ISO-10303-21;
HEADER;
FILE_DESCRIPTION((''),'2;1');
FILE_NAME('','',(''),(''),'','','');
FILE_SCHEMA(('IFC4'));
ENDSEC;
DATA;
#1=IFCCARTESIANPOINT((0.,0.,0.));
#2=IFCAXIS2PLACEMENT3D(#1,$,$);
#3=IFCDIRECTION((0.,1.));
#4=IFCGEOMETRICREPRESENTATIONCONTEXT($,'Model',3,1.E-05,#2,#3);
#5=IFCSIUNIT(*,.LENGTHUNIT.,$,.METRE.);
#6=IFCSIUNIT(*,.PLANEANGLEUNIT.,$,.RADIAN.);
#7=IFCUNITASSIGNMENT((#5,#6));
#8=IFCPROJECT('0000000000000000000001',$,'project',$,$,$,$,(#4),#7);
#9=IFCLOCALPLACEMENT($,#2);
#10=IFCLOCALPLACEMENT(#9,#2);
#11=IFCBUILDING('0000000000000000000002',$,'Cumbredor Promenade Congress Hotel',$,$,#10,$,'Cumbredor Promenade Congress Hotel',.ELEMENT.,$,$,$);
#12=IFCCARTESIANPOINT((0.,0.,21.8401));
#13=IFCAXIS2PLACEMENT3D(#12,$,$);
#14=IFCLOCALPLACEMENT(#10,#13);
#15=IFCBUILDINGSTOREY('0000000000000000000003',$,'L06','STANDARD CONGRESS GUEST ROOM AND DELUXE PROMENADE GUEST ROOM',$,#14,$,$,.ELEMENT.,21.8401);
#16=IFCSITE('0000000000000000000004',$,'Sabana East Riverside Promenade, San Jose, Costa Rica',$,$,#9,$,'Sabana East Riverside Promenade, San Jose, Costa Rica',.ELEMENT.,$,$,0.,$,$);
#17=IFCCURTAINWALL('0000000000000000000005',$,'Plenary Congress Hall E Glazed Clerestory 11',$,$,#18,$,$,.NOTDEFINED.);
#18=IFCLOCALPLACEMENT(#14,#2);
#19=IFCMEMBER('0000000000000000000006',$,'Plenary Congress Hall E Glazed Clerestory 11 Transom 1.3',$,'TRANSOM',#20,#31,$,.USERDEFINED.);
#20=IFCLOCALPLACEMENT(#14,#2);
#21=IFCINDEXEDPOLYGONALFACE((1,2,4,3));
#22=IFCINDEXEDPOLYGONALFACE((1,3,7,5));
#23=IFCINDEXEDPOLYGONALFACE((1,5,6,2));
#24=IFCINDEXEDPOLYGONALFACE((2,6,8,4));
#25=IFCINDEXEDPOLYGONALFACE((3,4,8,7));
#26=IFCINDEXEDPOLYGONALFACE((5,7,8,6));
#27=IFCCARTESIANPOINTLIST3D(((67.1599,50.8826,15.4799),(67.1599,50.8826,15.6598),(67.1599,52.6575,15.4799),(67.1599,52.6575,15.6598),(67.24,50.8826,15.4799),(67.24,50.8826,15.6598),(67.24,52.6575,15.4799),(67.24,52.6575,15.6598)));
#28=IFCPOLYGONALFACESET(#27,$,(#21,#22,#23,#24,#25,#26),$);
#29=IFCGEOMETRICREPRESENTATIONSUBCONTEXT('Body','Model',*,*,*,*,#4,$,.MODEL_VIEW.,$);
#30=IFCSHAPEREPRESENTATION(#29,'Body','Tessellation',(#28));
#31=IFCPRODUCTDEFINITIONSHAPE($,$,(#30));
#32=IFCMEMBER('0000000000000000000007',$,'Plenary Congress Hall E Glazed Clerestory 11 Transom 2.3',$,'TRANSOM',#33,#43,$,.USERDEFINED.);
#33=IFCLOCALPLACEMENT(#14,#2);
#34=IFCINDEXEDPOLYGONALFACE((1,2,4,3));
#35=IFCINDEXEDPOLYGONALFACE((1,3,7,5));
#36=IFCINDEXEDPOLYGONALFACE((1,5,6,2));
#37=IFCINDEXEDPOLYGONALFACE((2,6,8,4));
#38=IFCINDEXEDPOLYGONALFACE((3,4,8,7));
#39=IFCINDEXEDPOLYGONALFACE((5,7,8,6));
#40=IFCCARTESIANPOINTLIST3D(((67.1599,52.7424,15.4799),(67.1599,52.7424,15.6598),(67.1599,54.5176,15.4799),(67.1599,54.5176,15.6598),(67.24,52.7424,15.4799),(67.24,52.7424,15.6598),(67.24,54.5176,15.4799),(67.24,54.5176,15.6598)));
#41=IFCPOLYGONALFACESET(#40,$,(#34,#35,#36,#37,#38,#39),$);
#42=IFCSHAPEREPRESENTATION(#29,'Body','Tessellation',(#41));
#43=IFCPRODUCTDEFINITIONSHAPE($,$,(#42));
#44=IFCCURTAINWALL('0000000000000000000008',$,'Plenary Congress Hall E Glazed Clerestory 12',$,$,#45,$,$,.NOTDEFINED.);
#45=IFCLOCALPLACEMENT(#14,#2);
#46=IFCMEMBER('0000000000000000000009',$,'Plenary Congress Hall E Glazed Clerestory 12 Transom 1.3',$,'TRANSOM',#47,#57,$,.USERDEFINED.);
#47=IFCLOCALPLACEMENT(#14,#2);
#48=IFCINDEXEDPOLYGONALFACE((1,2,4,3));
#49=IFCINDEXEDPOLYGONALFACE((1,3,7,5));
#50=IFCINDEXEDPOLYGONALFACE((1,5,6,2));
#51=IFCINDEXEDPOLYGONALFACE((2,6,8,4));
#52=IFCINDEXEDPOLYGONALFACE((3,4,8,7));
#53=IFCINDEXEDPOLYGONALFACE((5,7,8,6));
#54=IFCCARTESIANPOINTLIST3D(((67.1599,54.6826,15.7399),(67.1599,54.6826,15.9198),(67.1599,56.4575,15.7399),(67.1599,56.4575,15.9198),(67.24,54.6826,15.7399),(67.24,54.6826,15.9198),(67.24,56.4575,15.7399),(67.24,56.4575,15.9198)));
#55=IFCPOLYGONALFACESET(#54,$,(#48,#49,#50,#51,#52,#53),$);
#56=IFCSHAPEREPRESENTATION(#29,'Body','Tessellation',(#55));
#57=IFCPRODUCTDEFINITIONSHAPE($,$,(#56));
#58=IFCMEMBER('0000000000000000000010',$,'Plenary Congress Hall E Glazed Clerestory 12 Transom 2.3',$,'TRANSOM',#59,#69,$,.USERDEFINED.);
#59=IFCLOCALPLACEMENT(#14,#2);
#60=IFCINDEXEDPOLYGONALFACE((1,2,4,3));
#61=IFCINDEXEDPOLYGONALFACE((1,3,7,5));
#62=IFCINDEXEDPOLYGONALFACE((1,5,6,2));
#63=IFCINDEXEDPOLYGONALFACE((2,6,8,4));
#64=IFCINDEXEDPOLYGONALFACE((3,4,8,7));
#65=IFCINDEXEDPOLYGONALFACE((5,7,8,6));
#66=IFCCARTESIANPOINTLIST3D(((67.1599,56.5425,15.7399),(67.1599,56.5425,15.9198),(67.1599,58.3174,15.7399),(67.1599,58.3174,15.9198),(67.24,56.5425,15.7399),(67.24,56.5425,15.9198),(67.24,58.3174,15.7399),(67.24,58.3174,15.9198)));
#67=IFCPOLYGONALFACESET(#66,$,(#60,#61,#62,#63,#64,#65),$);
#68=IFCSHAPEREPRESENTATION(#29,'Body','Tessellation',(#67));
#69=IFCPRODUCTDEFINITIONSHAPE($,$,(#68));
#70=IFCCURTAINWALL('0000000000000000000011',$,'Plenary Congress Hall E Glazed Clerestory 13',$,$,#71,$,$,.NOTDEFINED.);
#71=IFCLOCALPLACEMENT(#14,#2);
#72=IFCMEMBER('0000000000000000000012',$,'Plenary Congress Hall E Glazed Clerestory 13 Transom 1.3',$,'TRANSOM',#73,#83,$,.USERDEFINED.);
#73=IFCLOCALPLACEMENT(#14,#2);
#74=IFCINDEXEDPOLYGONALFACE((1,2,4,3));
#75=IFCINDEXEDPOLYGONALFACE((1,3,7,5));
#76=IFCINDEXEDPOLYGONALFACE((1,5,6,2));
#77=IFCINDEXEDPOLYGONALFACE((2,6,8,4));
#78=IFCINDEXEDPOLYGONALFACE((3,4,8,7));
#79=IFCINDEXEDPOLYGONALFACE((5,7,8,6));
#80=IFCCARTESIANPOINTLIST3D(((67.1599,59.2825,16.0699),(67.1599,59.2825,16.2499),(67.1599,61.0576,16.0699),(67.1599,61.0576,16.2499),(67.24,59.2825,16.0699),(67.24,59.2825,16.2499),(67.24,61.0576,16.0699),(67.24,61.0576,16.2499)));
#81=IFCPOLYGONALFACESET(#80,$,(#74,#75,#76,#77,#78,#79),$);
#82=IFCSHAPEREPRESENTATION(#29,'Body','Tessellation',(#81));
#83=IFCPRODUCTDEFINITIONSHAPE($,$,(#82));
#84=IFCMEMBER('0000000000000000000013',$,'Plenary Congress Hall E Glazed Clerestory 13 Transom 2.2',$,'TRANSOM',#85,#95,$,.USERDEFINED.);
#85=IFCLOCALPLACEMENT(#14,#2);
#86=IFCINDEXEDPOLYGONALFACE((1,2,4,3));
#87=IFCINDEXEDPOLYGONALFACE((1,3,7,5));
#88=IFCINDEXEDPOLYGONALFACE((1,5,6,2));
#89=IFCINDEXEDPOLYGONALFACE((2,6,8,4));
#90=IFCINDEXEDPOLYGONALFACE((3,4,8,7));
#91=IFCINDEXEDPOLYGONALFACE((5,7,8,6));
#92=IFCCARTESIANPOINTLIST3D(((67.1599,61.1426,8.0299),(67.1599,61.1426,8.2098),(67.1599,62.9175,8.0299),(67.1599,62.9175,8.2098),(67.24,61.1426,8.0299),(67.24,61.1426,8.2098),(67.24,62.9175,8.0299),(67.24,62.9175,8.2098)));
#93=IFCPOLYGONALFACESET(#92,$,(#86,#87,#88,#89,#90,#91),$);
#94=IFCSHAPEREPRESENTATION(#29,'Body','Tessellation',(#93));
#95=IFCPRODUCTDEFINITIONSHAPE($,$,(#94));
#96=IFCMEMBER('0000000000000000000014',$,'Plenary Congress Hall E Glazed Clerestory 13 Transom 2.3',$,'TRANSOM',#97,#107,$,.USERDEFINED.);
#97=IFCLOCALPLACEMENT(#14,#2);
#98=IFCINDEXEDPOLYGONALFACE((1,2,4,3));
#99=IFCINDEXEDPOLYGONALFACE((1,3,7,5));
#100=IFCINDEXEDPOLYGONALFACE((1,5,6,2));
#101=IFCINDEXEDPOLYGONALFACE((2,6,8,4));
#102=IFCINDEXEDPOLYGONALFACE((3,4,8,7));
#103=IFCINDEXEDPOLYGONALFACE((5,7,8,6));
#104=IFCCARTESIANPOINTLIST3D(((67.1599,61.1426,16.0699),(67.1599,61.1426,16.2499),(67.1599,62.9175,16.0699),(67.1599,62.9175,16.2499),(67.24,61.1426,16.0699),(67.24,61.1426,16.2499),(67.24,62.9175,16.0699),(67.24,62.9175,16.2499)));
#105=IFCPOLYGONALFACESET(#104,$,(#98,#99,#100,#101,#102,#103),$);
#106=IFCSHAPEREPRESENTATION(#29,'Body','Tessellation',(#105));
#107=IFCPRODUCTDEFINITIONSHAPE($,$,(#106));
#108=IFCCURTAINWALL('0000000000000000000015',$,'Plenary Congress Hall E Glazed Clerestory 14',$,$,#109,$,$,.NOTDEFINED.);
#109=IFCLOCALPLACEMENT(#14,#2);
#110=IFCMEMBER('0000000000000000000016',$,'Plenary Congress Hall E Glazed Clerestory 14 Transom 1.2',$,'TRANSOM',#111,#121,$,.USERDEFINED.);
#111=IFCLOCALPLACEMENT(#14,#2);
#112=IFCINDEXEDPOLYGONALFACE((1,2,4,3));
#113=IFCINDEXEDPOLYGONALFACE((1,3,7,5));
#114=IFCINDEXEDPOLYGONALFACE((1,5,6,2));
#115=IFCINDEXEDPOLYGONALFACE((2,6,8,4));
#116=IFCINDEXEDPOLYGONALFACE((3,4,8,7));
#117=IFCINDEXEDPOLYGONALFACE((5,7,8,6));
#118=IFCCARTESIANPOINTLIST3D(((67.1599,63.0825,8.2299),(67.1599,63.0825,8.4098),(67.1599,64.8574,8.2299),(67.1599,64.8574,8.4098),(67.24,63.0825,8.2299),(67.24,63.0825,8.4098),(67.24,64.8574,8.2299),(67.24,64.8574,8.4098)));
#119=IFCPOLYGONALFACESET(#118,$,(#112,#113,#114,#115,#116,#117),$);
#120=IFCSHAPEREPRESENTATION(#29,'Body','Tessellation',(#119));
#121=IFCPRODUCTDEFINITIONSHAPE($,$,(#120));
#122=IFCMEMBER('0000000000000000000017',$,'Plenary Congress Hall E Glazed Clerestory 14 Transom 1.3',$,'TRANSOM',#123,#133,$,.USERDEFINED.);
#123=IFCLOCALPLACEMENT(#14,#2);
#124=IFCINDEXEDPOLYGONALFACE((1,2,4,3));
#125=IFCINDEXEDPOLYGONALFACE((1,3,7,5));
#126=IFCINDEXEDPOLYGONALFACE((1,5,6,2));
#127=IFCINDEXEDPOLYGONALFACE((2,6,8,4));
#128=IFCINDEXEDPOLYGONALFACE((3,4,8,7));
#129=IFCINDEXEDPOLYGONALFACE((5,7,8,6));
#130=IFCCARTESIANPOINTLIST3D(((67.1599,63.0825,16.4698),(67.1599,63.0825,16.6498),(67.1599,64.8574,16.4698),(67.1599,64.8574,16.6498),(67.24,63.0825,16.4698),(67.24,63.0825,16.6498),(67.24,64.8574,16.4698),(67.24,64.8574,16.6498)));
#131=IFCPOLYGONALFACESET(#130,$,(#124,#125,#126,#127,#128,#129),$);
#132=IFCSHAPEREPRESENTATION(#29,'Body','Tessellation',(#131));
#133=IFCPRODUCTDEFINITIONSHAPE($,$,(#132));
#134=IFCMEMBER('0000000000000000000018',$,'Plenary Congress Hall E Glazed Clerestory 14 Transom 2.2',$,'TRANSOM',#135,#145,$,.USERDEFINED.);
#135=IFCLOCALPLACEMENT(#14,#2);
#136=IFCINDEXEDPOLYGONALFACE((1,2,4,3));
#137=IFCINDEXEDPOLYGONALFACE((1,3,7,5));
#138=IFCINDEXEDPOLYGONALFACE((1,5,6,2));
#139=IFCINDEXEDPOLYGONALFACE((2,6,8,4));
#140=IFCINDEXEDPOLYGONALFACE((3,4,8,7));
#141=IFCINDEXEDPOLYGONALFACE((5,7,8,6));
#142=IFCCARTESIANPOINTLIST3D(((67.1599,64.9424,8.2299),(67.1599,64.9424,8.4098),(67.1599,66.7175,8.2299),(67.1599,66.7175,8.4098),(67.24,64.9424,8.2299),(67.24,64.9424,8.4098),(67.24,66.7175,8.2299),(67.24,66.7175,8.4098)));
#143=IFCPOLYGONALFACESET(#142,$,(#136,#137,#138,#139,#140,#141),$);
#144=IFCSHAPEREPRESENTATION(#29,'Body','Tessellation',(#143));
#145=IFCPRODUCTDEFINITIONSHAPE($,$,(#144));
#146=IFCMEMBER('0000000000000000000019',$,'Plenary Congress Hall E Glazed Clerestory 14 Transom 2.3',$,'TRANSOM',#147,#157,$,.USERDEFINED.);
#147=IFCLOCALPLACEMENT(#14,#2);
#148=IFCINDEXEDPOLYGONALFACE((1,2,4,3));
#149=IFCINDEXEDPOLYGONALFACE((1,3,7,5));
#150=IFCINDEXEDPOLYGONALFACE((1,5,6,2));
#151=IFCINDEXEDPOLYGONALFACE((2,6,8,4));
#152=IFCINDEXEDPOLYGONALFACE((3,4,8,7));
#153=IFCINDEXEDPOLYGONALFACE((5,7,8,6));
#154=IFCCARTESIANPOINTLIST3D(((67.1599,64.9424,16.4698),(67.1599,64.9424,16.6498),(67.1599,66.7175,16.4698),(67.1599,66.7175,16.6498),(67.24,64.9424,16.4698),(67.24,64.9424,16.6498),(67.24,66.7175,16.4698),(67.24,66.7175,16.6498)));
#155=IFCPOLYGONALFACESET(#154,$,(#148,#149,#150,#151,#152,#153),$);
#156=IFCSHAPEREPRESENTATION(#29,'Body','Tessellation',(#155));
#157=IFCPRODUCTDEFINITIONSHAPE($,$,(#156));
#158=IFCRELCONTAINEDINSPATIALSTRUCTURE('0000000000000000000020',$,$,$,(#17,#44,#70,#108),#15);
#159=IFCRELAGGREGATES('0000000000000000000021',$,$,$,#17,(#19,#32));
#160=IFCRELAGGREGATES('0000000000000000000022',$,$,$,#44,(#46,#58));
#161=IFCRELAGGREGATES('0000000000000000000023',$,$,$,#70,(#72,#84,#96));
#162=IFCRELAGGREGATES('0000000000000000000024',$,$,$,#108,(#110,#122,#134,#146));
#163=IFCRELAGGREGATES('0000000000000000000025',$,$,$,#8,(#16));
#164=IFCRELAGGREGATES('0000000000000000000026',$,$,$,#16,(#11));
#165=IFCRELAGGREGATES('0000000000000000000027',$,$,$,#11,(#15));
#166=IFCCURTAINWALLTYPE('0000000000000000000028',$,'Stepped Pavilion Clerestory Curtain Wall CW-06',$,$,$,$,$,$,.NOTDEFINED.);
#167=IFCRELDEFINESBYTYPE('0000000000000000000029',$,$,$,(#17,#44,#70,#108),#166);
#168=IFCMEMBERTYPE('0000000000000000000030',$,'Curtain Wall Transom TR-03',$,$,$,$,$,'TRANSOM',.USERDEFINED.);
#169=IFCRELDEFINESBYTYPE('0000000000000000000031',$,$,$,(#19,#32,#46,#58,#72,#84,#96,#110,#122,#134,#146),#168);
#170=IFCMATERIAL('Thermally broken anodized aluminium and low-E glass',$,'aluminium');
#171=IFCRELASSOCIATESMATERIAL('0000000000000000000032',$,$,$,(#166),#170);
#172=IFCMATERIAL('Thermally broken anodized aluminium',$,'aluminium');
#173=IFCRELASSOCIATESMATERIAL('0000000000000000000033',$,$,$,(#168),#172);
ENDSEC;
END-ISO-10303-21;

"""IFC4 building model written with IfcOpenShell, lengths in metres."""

from ifc_helpers import new_model, si_unit, direction, frame, origin, origin_2d, place, context, subcontext, project, spatial, rectangle, extrude, material, material_profile, profile_set, type_object, element, aggregate, save


model = new_model("IFC4")

# Units and contexts
model_context = context("Model", 3, precision=1e-05, world=origin(), true_north=direction((0.0, 1.0)))
body_context = subcontext(model_context, "Body", "Model", "MODEL_VIEW")
ifc_project = project(units=[si_unit("LENGTHUNIT", "METRE"), si_unit("PLANEANGLEUNIT", "RADIAN")], contexts=[model_context])

# Site, building, storey
site_placement = place(None, origin())
site = spatial("IfcSite", under=ifc_project, at=site_placement, Name="Sabana East Riverside Promenade, San Jose, Costa Rica", LongName="Sabana East Riverside Promenade, San Jose, Costa Rica", CompositionType="ELEMENT", RefElevation=0.0)
building_placement = place(site_placement, origin())
building = spatial("IfcBuilding", under=site, at=building_placement, Name="Cumbredor Promenade Congress Hotel", LongName="Cumbredor Promenade Congress Hotel", CompositionType="ELEMENT")
storey_placement = place(building_placement, frame((0.0, 0.0, 21.8401)))
storey = spatial("IfcBuildingStorey", under=building, at=storey_placement, Name="L06", Description="STANDARD CONGRESS GUEST ROOM AND DELUXE PROMENADE GUEST ROOM", CompositionType="ELEMENT", Elevation=21.8401)

# Curtain walls, members
ifc_material_1 = material(Name="Thermally broken anodized aluminium and low-E glass", Category="aluminium")
curtain_wall_type = type_object("IfcCurtainWallType", Name="Stepped Pavilion Clerestory Curtain Wall CW-06", PredefinedType="NOTDEFINED", material=ifc_material_1)
curtain_wall_1_placement = place(storey_placement, origin())
curtain_wall_1 = element("IfcCurtainWall", 1, at=curtain_wall_1_placement, inside=storey, type_object=curtain_wall_type, Name="Plenary Congress Hall E Glazed Clerestory 11", PredefinedType="NOTDEFINED")
ifc_material_2 = material(Name="Thermally broken anodized aluminium", Category="aluminium")
ifc_material_profile_1 = material_profile(ifc_material_2, rectangle(XDim=0.0801, YDim=0.1799, at=origin_2d()), Name="ALU TRANSOM 80x180")
ifc_profile_set_1 = profile_set([ifc_material_profile_1], Name="Thermally broken anodized aluminium")
member_type_1 = type_object("IfcMemberType", Name="Curtain Wall Transom TR-03", ElementType="TRANSOM", PredefinedType="USERDEFINED", material=ifc_profile_set_1)
member_1_placement = place(storey_placement, frame((67.2, 50.8826, 15.5698), z_axis=(0.0, 1.0, 0.0), x_axis=(-1.0, 0.0, 0.0)))
member_1 = element("IfcMember", 2, at=member_1_placement, type_object=member_type_1, Name="Plenary Congress Hall E Glazed Clerestory 11 Transom 1.3", ObjectType="TRANSOM", PredefinedType="USERDEFINED", context=body_context, shape_type="SweptSolid", body=[
    extrude(rectangle(XDim=0.0801, YDim=0.1799, at=origin_2d()), origin(), (0.0, 0.0, 1.0), 1.7749),
])
member_2_placement = place(storey_placement, frame((67.2, 52.7424, 15.5698), z_axis=(0.0, 1.0, 0.0), x_axis=(-1.0, 0.0, 0.0)))
member_2 = element("IfcMember", 3, at=member_2_placement, type_object=member_type_1, Name="Plenary Congress Hall E Glazed Clerestory 11 Transom 2.3", ObjectType="TRANSOM", PredefinedType="USERDEFINED", context=body_context, shape_type="SweptSolid", body=[
    extrude(rectangle(XDim=0.0801, YDim=0.1799, at=origin_2d()), origin(), (0.0, 0.0, 1.0), 1.7751),
])
aggregate(curtain_wall_1, [member_1, member_2])
curtain_wall_2_placement = place(storey_placement, origin())
curtain_wall_2 = element("IfcCurtainWall", 4, at=curtain_wall_2_placement, inside=storey, type_object=curtain_wall_type, Name="Plenary Congress Hall E Glazed Clerestory 12", PredefinedType="NOTDEFINED")
member_3_placement = place(storey_placement, frame((67.2, 54.6826, 15.8298), z_axis=(0.0, 1.0, 0.0), x_axis=(-1.0, 0.0, 0.0)))
member_3 = element("IfcMember", 5, at=member_3_placement, type_object=member_type_1, Name="Plenary Congress Hall E Glazed Clerestory 12 Transom 1.3", ObjectType="TRANSOM", PredefinedType="USERDEFINED", context=body_context, shape_type="SweptSolid", body=[
    extrude(rectangle(XDim=0.0801, YDim=0.1799, at=origin_2d()), origin(), (0.0, 0.0, 1.0), 1.7749),
])
member_4_placement = place(storey_placement, frame((67.2, 56.5425, 15.8298), z_axis=(0.0, 1.0, 0.0), x_axis=(-1.0, 0.0, 0.0)))
member_4 = element("IfcMember", 6, at=member_4_placement, type_object=member_type_1, Name="Plenary Congress Hall E Glazed Clerestory 12 Transom 2.3", ObjectType="TRANSOM", PredefinedType="USERDEFINED", context=body_context, shape_type="SweptSolid", body=[
    extrude(rectangle(XDim=0.0801, YDim=0.1799, at=origin_2d()), origin(), (0.0, 0.0, 1.0), 1.7749),
])
aggregate(curtain_wall_2, [member_3, member_4])
curtain_wall_3_placement = place(storey_placement, origin())
curtain_wall_3 = element("IfcCurtainWall", 7, at=curtain_wall_3_placement, inside=storey, type_object=curtain_wall_type, Name="Plenary Congress Hall E Glazed Clerestory 13", PredefinedType="NOTDEFINED")
member_5_placement = place(storey_placement, frame((67.2, 59.2825, 16.1599), z_axis=(0.0, 1.0, 0.0), x_axis=(-1.0, 0.0, 0.0)))
member_5 = element("IfcMember", 8, at=member_5_placement, type_object=member_type_1, Name="Plenary Congress Hall E Glazed Clerestory 13 Transom 1.3", ObjectType="TRANSOM", PredefinedType="USERDEFINED", context=body_context, shape_type="SweptSolid", body=[
    extrude(rectangle(XDim=0.0801, YDim=0.1799, at=origin_2d()), origin(), (0.0, 0.0, 1.0), 1.7751),
])
member_6_placement = place(storey_placement, frame((67.2, 61.1426, 8.1199), z_axis=(0.0, 1.0, 0.0), x_axis=(-1.0, 0.0, 0.0)))
member_6 = element("IfcMember", 9, at=member_6_placement, type_object=member_type_1, Name="Plenary Congress Hall E Glazed Clerestory 13 Transom 2.2", ObjectType="TRANSOM", PredefinedType="USERDEFINED", context=body_context, shape_type="SweptSolid", body=[
    extrude(rectangle(XDim=0.0801, YDim=0.1799, at=origin_2d()), origin(), (0.0, 0.0, 1.0), 1.7749),
])
member_7_placement = place(storey_placement, frame((67.2, 61.1426, 16.1599), z_axis=(0.0, 1.0, 0.0), x_axis=(-1.0, 0.0, 0.0)))
member_7 = element("IfcMember", 10, at=member_7_placement, type_object=member_type_1, Name="Plenary Congress Hall E Glazed Clerestory 13 Transom 2.3", ObjectType="TRANSOM", PredefinedType="USERDEFINED", context=body_context, shape_type="SweptSolid", body=[
    extrude(rectangle(XDim=0.0801, YDim=0.1799, at=origin_2d()), origin(), (0.0, 0.0, 1.0), 1.7749),
])
curtain_wall_4_placement = place(storey_placement, origin())
curtain_wall_4 = element("IfcCurtainWall", 11, at=curtain_wall_4_placement, inside=storey, type_object=curtain_wall_type, Name="Plenary Congress Hall E Glazed Clerestory 14", PredefinedType="NOTDEFINED")
member_8_placement = place(storey_placement, frame((67.2, 63.0825, 8.3198), z_axis=(0.0, 1.0, 0.0), x_axis=(-1.0, 0.0, 0.0)))
member_8 = element("IfcMember", 12, at=member_8_placement, type_object=member_type_1, Name="Plenary Congress Hall E Glazed Clerestory 14 Transom 1.2", ObjectType="TRANSOM", PredefinedType="USERDEFINED", context=body_context, shape_type="SweptSolid", body=[
    extrude(rectangle(XDim=0.0801, YDim=0.1799, at=origin_2d()), origin(), (0.0, 0.0, 1.0), 1.7749),
])
member_9_placement = place(storey_placement, frame((67.2, 63.0825, 16.5598), z_axis=(0.0, 1.0, 0.0), x_axis=(-1.0, 0.0, 0.0)))
member_9 = element("IfcMember", 13, at=member_9_placement, type_object=member_type_1, Name="Plenary Congress Hall E Glazed Clerestory 14 Transom 1.3", ObjectType="TRANSOM", PredefinedType="USERDEFINED", context=body_context, shape_type="SweptSolid", body=[
    extrude(rectangle(XDim=0.0801, YDim=0.1799, at=origin_2d()), origin(), (0.0, 0.0, 1.0), 1.7749),
])
member_10_placement = place(storey_placement, frame((67.2, 64.9424, 8.3198), z_axis=(0.0, 1.0, 0.0), x_axis=(-1.0, 0.0, 0.0)))
member_10 = element("IfcMember", 14, at=member_10_placement, type_object=member_type_1, Name="Plenary Congress Hall E Glazed Clerestory 14 Transom 2.2", ObjectType="TRANSOM", PredefinedType="USERDEFINED", context=body_context, shape_type="SweptSolid", body=[
    extrude(rectangle(XDim=0.0801, YDim=0.1799, at=origin_2d()), origin(), (0.0, 0.0, 1.0), 1.7751),
])
member_11_placement = place(storey_placement, frame((67.2, 64.9424, 16.5598), z_axis=(0.0, 1.0, 0.0), x_axis=(-1.0, 0.0, 0.0)))
member_11 = element("IfcMember", 15, at=member_11_placement, type_object=member_type_1, Name="Plenary Congress Hall E Glazed Clerestory 14 Transom 2.3", ObjectType="TRANSOM", PredefinedType="USERDEFINED", context=body_context, shape_type="SweptSolid", body=[
    extrude(rectangle(XDim=0.0801, YDim=0.1799, at=origin_2d()), origin(), (0.0, 0.0, 1.0), 1.7751),
])

aggregate(curtain_wall_3, [member_5, member_6, member_7])
aggregate(curtain_wall_4, [member_8, member_9, member_10, member_11])

save(model, "model.ifc")
